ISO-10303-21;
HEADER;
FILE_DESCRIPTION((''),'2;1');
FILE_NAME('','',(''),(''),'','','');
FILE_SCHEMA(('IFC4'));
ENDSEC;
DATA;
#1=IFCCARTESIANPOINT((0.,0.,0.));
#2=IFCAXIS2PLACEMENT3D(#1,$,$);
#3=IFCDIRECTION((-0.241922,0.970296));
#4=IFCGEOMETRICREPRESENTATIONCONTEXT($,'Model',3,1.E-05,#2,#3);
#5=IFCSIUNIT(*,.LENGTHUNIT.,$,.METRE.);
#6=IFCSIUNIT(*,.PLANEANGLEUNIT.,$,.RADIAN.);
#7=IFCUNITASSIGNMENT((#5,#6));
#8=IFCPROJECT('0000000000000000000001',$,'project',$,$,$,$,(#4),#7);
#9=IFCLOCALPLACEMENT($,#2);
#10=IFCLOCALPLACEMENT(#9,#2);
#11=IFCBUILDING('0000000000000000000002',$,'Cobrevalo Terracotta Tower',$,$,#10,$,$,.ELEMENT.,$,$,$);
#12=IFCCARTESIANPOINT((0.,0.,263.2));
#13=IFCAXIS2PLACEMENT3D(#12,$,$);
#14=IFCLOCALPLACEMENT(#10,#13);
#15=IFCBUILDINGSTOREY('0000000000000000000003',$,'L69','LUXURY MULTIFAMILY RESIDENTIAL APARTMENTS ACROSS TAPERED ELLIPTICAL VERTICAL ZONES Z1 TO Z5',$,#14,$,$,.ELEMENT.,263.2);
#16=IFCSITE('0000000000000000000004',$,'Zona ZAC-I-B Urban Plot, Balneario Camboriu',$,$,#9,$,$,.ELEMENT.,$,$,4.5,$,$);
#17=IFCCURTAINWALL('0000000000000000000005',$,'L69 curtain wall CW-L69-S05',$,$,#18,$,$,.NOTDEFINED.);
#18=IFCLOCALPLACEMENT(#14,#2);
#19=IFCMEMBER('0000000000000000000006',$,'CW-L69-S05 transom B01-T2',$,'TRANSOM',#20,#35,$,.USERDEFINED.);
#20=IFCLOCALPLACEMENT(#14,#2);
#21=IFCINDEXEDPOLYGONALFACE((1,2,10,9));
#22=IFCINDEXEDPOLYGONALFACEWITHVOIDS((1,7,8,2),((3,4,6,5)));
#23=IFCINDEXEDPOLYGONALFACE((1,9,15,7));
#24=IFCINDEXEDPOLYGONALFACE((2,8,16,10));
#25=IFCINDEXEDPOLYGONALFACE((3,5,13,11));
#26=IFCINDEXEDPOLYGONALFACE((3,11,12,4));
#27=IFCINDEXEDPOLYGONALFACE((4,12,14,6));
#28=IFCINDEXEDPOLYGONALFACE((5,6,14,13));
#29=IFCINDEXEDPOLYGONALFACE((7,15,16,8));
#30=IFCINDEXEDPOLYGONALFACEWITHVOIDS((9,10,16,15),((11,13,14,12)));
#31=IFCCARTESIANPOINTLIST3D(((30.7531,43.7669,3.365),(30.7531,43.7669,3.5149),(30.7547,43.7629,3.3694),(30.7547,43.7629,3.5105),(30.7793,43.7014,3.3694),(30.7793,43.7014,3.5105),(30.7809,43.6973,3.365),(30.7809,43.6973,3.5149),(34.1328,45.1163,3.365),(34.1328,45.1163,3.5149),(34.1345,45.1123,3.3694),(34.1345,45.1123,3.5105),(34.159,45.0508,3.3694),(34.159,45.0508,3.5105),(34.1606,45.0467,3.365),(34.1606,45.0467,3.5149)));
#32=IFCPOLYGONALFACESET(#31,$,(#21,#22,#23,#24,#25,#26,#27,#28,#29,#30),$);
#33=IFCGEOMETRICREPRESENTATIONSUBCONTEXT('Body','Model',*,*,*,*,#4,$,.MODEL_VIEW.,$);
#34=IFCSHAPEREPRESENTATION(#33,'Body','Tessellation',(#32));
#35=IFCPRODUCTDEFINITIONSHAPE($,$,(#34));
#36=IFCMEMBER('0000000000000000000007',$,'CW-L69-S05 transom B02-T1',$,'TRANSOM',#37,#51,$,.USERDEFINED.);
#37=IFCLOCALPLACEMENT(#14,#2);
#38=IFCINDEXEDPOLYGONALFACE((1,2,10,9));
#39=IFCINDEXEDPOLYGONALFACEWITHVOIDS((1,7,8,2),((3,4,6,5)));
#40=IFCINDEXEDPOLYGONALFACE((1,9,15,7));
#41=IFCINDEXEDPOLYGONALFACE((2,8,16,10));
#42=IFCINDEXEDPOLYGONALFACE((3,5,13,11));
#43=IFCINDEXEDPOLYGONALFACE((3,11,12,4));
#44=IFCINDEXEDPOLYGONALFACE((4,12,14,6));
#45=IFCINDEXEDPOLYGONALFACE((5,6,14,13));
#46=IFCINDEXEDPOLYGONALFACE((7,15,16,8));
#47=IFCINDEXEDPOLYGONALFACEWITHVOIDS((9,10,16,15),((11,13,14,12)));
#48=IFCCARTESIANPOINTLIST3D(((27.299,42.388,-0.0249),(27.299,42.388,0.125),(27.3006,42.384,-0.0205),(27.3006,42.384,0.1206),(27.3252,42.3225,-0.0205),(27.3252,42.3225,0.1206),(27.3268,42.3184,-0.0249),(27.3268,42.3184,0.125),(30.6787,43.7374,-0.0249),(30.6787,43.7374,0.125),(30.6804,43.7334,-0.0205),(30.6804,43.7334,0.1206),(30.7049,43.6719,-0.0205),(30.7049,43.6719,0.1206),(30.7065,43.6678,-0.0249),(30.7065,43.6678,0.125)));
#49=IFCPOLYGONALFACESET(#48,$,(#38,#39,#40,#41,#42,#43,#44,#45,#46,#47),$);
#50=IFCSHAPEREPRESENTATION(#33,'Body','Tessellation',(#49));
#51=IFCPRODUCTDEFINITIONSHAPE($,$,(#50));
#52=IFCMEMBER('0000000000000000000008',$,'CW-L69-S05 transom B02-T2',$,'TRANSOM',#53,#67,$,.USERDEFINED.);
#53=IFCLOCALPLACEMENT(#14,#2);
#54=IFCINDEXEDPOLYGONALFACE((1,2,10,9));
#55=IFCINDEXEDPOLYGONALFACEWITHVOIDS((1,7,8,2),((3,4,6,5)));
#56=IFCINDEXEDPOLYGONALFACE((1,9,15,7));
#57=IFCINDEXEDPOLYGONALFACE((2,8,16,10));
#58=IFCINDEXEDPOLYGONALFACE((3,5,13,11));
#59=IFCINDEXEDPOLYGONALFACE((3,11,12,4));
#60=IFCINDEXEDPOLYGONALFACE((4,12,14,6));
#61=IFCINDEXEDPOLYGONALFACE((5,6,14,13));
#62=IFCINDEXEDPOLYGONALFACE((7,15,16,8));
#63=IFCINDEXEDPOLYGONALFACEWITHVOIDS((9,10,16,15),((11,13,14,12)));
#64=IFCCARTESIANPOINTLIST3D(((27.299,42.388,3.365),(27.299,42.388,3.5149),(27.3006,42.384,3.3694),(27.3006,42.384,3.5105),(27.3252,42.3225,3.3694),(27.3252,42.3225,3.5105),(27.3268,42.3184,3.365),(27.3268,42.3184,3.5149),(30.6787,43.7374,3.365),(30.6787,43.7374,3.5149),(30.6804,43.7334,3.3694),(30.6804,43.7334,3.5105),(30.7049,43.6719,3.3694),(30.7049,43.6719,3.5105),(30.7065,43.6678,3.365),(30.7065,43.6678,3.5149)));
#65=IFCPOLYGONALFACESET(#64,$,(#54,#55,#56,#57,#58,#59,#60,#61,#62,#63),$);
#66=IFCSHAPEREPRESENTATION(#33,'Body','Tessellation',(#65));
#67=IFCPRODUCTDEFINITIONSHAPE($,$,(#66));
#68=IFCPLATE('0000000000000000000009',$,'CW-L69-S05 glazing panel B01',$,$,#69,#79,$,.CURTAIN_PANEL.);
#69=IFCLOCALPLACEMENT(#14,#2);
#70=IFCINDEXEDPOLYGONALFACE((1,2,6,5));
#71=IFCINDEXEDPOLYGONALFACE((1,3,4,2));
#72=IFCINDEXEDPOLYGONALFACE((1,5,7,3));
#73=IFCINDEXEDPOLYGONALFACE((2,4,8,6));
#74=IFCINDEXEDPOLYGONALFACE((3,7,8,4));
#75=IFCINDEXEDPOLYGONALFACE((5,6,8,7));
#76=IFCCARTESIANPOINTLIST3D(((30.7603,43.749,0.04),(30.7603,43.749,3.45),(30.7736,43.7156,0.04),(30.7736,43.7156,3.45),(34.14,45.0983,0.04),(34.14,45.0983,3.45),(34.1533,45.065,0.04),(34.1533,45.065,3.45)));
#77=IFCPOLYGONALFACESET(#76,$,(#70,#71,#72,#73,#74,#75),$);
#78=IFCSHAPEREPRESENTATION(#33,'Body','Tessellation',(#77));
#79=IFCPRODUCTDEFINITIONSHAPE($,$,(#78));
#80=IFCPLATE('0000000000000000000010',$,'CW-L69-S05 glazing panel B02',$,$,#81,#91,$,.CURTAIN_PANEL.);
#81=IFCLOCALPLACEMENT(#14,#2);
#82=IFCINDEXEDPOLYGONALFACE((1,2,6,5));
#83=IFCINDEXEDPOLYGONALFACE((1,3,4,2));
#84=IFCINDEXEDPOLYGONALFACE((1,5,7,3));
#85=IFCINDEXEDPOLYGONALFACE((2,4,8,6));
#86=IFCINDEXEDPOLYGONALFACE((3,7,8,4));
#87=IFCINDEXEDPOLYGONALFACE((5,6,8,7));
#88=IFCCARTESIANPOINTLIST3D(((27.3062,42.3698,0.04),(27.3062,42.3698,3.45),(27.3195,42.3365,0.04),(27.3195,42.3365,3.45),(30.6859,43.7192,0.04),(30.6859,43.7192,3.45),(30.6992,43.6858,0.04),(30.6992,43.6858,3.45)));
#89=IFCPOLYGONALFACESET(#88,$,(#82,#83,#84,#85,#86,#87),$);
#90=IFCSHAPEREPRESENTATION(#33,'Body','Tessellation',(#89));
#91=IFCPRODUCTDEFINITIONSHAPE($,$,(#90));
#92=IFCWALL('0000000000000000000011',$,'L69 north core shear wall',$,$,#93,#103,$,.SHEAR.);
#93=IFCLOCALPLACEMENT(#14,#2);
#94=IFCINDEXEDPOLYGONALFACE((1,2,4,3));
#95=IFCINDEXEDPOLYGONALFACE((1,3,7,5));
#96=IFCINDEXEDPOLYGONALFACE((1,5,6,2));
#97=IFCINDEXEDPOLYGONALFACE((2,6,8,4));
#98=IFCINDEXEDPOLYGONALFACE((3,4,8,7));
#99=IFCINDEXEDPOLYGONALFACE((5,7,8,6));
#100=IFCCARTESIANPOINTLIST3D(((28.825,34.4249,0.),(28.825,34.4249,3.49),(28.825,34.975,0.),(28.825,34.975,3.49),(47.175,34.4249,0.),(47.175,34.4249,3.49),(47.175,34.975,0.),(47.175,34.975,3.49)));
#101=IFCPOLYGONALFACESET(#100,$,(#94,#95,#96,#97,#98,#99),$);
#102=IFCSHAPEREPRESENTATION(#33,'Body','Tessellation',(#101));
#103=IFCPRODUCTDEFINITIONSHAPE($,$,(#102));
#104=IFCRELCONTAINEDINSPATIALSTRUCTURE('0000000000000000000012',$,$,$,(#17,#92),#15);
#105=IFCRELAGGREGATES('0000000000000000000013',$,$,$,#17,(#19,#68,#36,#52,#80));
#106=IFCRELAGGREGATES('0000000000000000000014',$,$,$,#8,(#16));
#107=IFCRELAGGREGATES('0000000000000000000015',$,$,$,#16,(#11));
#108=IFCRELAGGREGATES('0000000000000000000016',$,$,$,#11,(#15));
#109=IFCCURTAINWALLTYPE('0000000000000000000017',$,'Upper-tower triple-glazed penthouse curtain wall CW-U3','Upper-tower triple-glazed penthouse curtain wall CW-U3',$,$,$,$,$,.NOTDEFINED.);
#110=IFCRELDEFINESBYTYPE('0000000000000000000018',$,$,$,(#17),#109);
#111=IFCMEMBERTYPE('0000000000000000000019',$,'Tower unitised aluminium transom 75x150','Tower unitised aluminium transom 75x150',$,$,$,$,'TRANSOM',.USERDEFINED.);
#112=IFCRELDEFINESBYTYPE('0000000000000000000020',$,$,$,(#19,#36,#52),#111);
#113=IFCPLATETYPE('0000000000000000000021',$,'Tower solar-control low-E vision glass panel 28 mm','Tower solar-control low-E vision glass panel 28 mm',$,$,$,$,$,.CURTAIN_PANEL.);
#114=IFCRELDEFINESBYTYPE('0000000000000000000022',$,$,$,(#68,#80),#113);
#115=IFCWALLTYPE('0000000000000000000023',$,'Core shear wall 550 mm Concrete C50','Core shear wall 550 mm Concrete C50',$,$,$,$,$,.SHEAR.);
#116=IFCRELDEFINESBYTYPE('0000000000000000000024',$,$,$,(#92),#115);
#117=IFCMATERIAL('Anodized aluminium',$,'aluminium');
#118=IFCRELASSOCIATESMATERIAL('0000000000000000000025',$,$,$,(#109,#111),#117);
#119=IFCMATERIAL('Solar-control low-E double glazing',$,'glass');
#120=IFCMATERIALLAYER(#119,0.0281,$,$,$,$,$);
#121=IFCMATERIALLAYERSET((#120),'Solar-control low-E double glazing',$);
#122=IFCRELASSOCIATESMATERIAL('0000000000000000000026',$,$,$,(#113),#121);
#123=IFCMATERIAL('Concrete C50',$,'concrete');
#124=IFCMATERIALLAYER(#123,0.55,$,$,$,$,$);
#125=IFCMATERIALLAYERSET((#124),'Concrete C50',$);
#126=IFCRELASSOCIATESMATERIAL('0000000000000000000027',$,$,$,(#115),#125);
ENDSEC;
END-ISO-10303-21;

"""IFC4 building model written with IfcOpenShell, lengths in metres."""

from ifc_helpers import new_model, si_unit, direction, frame, frame_2d, origin, origin_2d, place, context, subcontext, project, spatial, rectangle, hollow_rectangle, extrude, source, transform, mapped, material, layer, layer_set, material_profile, profile_set, type_object, element, aggregate, save


model = new_model("IFC4")

# Units and contexts
model_context = context("Model", 3, precision=1e-05, world=origin(), true_north=direction((-0.241922, 0.970296)))
body_context = subcontext(model_context, "Body", "Model", "MODEL_VIEW")
ifc_project = project(units=[si_unit("LENGTHUNIT", "METRE"), si_unit("PLANEANGLEUNIT", "RADIAN")], contexts=[model_context])

# Site, building, storey
site_placement = place(None, origin())
site = spatial("IfcSite", under=ifc_project, at=site_placement, Name="Zona ZAC-I-B Urban Plot, Balneario Camboriu", CompositionType="ELEMENT", RefElevation=4.5)
building_placement = place(site_placement, origin())
building = spatial("IfcBuilding", under=site, at=building_placement, Name="Cobrevalo Terracotta Tower", CompositionType="ELEMENT")
storey_placement = place(building_placement, frame((0.0, 0.0, 263.2)))
storey = spatial("IfcBuildingStorey", under=building, at=storey_placement, Name="L69", Description="LUXURY MULTIFAMILY RESIDENTIAL APARTMENTS ACROSS TAPERED ELLIPTICAL VERTICAL ZONES Z1 TO Z5", CompositionType="ELEMENT", Elevation=263.2)

# Shared definitions
ifc_material_1 = material(Name="Concrete C50", Category="concrete")

# Curtain wall
ifc_material_2 = material(Name="Anodized aluminium", Category="aluminium")
curtain_wall_type = type_object("IfcCurtainWallType", Name="Upper-tower triple-glazed penthouse curtain wall CW-U3", Description="Upper-tower triple-glazed penthouse curtain wall CW-U3", PredefinedType="NOTDEFINED", material=ifc_material_2)
curtain_wall_1_placement = place(storey_placement, origin())
curtain_wall_1 = element("IfcCurtainWall", 1, at=curtain_wall_1_placement, inside=storey, type_object=curtain_wall_type, Name="L69 curtain wall CW-L69-S05", PredefinedType="NOTDEFINED")

# Members
ifc_material_profile_1 = material_profile(ifc_material_2, hollow_rectangle(XDim=0.075, YDim=0.1499, WallThickness=0.0044, at=origin_2d()), Name="CWT 75x150")
ifc_profile_set_1 = profile_set([ifc_material_profile_1], Name="Anodized aluminium")
member_type_1 = type_object("IfcMemberType", Name="Tower unitised aluminium transom 75x150", Description="Tower unitised aluminium transom 75x150", ElementType="TRANSOM", PredefinedType="USERDEFINED", material=ifc_profile_set_1)
shared_shape_1 = source(origin(), body_context, "Body", "SweptSolid", [
    extrude(hollow_rectangle(XDim=0.075, YDim=0.1499, WallThickness=0.0044, at=origin_2d()), origin(), (0.0, 0.0, 1.0), 3.6392),
])
member_1_placement = place(storey_placement, frame((34.1467, 45.0815, 3.4399), z_axis=(-0.928712, -0.370801, 0.0), x_axis=(0.370801, -0.928712, 0.0)))
member_1 = element("IfcMember", 2, at=member_1_placement, type_object=member_type_1, Name="CW-L69-S05 transom B01-T2", ObjectType="TRANSOM", PredefinedType="USERDEFINED", context=body_context, shape_type="MappedRepresentation", body=[
    mapped(shared_shape_1, transform((0.0, 0.0, 0.0), scale=1.0)),
])
member_2_placement = place(storey_placement, frame((30.6926, 43.7026, 0.05), z_axis=(-0.928712, -0.370801, 0.0), x_axis=(0.370801, -0.928712, 0.0)))
member_2 = element("IfcMember", 3, at=member_2_placement, type_object=member_type_1, Name="CW-L69-S05 transom B02-T1", ObjectType="TRANSOM", PredefinedType="USERDEFINED", context=body_context, shape_type="MappedRepresentation", body=[
    mapped(shared_shape_1, transform((0.0, 0.0, 0.0), scale=1.0)),
])
member_3_placement = place(storey_placement, frame((30.6926, 43.7026, 3.4399), z_axis=(-0.928712, -0.370801, 0.0), x_axis=(0.370801, -0.928712, 0.0)))
member_3 = element("IfcMember", 4, at=member_3_placement, type_object=member_type_1, Name="CW-L69-S05 transom B02-T2", ObjectType="TRANSOM", PredefinedType="USERDEFINED", context=body_context, shape_type="MappedRepresentation", body=[
    mapped(shared_shape_1, transform((0.0, 0.0, 0.0), scale=1.0)),
])

# Plates
ifc_material_3 = material(Name="Solar-control low-E double glazing", Category="glass")
ifc_layer_1 = layer(ifc_material_3, 0.0281)
ifc_layer_set_1 = layer_set([ifc_layer_1], Name="Solar-control low-E double glazing")
plate_type = type_object("IfcPlateType", Name="Tower solar-control low-E vision glass panel 28 mm", Description="Tower solar-control low-E vision glass panel 28 mm", PredefinedType="CURTAIN_PANEL", material=ifc_layer_set_1)
shared_shape_2 = source(origin(), body_context, "Body", "SweptSolid", [
    extrude(rectangle(XDim=3.6392, YDim=0.0359, at=origin_2d()), origin(), (0.0, 0.0, 1.0), 3.4099),
])
plate_1_placement = place(storey_placement, frame((32.4568, 44.407, 0.04), z_axis=(0.0, 0.0, 1.0), x_axis=(-0.928718, -0.370786, 0.0)))
plate_1 = element("IfcPlate", 5, at=plate_1_placement, type_object=plate_type, Name="CW-L69-S05 glazing panel B01", PredefinedType="CURTAIN_PANEL", context=body_context, shape_type="MappedRepresentation", body=[
    mapped(shared_shape_2, transform((0.0, 0.0, 0.0), scale=1.0)),
])
plate_2_placement = place(storey_placement, frame((29.0027, 43.0278, 0.04), z_axis=(0.0, 0.0, 1.0), x_axis=(-0.928718, -0.370786, 0.0)))
plate_2 = element("IfcPlate", 6, at=plate_2_placement, type_object=plate_type, Name="CW-L69-S05 glazing panel B02", PredefinedType="CURTAIN_PANEL", context=body_context, shape_type="MappedRepresentation", body=[
    mapped(shared_shape_2, transform((0.0, 0.0, 0.0), scale=1.0)),
])
aggregate(curtain_wall_1, [member_1, plate_1, member_2, member_3, plate_2])

# Wall
ifc_layer_2 = layer(ifc_material_1, 0.55)
ifc_layer_set_2 = layer_set([ifc_layer_2], Name="Concrete C50")
wall_type_1 = type_object("IfcWallType", Name="Core shear wall 550 mm Concrete C50", Description="Core shear wall 550 mm Concrete C50", PredefinedType="SHEAR", material=ifc_layer_set_2)
wall_1_placement = place(storey_placement, frame((28.825, 34.7, 0.0), z_axis=(0.0, 0.0, 1.0), x_axis=(1.0, 0.0, 0.0)))
element("IfcWall", 7, at=wall_1_placement, inside=storey, type_object=wall_type_1, Name="L69 north core shear wall", PredefinedType="SHEAR", context=body_context, shape_type="SweptSolid", body=[
    extrude(rectangle(XDim=18.3501, YDim=0.55, at=frame_2d((9.175, 0.0))), origin(), (0.0, 0.0, 1.0), 3.49),
])

save(model, "model.ifc")
